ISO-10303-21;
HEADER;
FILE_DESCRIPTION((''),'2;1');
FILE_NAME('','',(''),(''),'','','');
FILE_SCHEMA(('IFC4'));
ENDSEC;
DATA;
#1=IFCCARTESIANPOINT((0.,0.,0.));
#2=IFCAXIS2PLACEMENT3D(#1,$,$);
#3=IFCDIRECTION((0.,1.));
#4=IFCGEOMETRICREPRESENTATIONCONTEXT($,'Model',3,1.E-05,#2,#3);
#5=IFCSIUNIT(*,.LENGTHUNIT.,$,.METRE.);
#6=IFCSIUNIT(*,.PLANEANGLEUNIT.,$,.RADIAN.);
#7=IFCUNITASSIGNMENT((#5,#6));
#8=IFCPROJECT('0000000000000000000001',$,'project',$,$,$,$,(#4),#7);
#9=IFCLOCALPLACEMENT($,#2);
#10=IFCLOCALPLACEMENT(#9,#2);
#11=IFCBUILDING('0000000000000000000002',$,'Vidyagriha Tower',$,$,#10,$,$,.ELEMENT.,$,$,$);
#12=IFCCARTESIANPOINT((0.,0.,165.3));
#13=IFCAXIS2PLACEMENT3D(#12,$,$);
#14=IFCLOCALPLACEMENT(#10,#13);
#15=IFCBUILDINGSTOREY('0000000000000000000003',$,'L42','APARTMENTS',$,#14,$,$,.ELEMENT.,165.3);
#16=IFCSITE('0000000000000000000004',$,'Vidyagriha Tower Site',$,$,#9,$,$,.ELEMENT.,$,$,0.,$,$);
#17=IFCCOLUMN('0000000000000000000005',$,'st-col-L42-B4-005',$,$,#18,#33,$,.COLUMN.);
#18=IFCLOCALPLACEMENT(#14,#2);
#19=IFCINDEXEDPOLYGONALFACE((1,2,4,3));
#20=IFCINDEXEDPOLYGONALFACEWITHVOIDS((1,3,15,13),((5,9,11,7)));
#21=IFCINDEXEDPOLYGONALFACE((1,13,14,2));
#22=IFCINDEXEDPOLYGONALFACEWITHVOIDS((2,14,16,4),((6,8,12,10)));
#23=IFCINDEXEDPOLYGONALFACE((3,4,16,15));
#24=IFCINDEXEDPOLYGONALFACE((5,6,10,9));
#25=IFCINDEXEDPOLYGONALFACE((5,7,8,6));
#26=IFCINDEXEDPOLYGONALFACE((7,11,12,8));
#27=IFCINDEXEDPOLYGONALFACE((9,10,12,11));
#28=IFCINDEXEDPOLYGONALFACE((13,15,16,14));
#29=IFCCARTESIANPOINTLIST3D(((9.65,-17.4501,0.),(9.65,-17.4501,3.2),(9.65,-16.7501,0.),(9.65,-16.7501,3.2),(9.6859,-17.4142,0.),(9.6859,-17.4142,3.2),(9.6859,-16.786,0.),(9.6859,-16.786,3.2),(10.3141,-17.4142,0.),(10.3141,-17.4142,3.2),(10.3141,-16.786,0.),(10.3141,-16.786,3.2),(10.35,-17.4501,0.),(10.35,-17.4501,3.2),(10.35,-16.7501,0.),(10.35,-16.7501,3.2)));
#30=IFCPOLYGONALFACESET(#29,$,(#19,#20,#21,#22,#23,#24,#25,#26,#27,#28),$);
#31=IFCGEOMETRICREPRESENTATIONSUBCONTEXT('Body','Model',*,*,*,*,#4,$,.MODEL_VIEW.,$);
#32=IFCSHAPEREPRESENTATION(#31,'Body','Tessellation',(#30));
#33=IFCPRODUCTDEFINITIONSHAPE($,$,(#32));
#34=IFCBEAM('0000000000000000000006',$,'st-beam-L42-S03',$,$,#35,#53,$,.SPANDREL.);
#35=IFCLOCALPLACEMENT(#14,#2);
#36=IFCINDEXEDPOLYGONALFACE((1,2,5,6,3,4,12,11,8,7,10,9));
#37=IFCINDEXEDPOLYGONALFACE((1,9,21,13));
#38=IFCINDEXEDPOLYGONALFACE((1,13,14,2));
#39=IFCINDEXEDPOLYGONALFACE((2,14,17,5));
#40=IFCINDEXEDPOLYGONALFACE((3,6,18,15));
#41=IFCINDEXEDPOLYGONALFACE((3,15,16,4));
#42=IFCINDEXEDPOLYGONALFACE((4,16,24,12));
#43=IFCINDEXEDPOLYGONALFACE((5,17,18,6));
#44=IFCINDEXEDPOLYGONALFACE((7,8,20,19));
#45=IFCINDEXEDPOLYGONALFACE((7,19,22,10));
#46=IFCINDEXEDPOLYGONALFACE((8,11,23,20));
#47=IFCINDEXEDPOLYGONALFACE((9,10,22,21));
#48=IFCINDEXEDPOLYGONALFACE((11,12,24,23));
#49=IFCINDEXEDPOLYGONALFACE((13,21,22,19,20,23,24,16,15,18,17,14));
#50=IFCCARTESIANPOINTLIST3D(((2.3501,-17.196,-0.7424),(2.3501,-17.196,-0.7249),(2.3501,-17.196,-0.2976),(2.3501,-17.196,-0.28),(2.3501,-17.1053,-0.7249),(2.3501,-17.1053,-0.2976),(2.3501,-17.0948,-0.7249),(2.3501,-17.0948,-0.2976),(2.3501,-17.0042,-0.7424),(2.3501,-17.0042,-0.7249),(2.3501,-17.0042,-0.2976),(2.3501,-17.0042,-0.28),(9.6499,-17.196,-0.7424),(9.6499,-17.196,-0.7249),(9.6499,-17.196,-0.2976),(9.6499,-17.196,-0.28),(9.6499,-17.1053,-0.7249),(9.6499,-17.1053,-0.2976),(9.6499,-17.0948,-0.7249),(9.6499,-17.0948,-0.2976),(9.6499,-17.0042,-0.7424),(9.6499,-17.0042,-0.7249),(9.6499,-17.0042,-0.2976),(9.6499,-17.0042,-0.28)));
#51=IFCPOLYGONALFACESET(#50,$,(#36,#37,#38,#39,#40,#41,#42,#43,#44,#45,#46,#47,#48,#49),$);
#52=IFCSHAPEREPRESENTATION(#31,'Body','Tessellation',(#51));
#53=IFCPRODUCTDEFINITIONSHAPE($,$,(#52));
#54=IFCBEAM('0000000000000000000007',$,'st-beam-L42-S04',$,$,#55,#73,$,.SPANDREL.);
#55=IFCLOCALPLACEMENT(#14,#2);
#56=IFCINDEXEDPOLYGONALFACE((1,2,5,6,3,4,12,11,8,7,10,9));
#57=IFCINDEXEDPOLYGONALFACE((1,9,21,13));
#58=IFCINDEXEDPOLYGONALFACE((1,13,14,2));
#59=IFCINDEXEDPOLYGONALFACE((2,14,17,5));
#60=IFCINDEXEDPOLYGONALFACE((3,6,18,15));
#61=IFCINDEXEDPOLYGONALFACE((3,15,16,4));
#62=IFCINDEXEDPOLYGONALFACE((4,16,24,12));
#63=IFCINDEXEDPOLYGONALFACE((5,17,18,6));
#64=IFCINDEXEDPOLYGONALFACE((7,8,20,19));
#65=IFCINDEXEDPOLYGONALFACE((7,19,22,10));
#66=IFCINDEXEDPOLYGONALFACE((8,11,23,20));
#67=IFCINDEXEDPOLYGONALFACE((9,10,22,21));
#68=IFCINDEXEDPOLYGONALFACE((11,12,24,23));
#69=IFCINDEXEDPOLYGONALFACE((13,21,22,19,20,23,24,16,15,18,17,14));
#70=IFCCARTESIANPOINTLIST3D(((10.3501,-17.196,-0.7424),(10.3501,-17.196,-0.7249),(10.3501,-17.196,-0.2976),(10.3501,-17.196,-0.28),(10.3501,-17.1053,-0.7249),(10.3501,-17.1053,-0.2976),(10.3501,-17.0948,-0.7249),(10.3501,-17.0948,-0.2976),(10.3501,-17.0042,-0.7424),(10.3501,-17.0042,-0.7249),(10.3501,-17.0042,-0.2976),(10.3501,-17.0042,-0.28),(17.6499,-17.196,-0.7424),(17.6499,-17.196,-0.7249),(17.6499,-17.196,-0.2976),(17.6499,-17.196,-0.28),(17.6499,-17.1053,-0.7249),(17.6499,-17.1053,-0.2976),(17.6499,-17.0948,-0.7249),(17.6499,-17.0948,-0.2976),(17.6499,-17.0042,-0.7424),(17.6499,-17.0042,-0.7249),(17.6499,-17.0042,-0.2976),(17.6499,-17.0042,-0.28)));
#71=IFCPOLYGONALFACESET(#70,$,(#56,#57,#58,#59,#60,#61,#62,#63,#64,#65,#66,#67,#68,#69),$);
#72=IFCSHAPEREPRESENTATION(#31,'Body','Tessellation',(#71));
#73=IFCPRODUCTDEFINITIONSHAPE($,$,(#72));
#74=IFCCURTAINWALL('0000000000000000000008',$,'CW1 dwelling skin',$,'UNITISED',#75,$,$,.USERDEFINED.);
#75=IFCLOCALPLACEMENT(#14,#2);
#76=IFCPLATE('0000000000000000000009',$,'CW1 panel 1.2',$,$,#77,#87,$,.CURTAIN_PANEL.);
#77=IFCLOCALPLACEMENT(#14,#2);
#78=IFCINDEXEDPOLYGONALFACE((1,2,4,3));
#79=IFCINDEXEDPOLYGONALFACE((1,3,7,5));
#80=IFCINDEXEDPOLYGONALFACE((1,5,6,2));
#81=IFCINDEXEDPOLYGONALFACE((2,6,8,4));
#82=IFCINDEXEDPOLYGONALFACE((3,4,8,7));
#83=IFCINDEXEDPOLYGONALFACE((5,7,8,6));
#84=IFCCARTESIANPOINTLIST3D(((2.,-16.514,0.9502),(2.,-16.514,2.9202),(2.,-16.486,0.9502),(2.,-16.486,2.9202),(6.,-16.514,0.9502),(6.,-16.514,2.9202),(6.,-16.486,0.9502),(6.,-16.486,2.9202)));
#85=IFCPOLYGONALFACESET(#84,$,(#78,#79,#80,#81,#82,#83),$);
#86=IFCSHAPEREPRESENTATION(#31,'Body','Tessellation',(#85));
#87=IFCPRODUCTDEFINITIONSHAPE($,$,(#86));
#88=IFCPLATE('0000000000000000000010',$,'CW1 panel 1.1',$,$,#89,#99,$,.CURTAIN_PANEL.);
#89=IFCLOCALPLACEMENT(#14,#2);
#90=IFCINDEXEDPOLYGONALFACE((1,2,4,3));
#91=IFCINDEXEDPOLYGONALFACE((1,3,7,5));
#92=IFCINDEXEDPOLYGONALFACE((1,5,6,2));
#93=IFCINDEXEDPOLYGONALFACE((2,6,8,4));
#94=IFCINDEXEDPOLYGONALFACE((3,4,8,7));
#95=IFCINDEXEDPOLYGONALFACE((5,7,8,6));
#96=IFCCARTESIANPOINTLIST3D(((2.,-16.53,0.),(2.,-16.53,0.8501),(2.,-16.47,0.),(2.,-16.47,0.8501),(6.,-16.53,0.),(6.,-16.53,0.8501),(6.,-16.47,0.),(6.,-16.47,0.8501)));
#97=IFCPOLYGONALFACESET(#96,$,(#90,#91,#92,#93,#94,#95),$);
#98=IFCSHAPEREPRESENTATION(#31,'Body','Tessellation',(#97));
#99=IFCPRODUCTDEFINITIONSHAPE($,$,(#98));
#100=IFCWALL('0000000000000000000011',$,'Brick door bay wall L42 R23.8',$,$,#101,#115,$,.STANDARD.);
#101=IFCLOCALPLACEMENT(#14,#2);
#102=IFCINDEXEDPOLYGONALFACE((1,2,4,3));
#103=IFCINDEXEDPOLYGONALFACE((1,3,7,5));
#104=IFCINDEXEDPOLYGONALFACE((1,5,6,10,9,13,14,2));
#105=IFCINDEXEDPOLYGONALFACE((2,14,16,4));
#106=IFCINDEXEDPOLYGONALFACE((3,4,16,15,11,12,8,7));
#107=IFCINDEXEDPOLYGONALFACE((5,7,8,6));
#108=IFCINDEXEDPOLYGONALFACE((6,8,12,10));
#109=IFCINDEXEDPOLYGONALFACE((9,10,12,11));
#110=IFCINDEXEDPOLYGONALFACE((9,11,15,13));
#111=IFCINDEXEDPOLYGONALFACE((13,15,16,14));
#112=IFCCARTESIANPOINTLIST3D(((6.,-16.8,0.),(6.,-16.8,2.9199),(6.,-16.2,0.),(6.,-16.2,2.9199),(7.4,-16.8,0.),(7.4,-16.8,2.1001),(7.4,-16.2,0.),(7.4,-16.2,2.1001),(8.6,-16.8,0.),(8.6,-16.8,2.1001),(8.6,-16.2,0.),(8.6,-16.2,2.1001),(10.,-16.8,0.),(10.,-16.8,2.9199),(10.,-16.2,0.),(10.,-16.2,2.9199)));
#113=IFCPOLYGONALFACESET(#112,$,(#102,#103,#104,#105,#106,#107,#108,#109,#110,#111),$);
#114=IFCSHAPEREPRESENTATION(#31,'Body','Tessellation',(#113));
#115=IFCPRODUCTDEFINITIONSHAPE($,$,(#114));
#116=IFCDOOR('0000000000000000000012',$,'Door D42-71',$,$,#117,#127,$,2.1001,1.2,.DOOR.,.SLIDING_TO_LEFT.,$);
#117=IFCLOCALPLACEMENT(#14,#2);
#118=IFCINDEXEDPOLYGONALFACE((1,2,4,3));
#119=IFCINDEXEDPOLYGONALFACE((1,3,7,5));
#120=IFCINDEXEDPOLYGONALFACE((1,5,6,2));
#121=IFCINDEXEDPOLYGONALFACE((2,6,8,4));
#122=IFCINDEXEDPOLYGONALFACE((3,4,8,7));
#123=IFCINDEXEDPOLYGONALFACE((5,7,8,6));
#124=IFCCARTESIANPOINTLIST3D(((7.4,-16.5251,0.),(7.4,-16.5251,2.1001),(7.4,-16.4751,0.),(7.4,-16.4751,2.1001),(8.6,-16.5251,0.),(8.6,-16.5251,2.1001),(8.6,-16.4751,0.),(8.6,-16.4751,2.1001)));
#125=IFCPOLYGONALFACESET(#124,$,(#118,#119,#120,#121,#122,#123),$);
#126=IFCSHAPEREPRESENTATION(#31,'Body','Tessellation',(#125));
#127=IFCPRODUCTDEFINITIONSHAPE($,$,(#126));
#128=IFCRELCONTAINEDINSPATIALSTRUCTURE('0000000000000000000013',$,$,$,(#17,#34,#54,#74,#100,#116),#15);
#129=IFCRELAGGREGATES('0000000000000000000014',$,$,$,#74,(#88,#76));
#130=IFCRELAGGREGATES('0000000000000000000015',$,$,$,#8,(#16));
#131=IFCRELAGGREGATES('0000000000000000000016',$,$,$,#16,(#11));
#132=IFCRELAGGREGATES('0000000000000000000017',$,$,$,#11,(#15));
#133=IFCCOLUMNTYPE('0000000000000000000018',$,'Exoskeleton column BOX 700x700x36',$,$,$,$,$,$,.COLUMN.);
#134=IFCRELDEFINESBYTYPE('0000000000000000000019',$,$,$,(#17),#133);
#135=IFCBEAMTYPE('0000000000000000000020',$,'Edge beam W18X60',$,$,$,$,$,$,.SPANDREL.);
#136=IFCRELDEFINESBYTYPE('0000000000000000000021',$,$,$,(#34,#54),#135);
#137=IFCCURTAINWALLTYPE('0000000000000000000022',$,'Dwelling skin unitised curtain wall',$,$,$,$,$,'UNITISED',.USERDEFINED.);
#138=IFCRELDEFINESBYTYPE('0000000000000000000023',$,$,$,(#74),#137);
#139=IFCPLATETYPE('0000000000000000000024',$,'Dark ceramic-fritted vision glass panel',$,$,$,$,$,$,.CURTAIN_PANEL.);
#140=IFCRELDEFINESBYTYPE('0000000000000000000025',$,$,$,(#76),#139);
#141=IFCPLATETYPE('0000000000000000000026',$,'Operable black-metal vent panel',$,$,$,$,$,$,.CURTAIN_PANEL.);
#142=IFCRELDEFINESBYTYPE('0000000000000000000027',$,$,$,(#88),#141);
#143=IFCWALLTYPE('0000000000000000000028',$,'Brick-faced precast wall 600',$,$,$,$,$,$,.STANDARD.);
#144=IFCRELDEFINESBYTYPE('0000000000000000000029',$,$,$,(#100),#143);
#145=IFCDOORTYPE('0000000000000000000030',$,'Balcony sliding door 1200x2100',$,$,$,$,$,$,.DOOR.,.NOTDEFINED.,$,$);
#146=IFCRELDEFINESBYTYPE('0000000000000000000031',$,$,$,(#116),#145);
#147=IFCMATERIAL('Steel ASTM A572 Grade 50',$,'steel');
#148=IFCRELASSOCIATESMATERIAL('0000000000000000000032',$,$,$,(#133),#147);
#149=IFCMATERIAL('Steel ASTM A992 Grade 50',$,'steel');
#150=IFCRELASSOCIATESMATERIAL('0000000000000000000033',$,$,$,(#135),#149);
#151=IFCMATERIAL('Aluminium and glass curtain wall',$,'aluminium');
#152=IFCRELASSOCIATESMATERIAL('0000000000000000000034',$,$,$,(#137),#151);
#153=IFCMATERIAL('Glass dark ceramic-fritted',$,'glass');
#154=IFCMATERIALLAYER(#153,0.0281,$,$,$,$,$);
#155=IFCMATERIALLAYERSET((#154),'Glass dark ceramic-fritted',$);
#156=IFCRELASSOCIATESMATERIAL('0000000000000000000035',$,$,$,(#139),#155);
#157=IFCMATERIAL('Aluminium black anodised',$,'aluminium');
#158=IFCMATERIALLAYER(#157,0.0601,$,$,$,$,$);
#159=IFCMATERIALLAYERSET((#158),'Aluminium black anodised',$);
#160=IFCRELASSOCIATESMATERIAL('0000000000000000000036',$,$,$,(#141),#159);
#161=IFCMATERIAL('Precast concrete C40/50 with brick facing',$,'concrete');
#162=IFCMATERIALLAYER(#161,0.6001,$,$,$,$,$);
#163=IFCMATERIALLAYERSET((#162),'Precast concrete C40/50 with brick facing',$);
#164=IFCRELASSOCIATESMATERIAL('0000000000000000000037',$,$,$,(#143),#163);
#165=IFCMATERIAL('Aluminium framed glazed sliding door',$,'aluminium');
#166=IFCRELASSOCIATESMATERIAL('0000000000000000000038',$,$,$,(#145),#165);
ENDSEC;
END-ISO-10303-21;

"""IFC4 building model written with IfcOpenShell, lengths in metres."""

from ifc_helpers import new_model, si_unit, direction, frame, frame_2d, origin, origin_2d, place, context, subcontext, project, spatial, rectangle, hollow_rectangle, i_section, extrude, material, layer, layer_set, material_profile, profile_set, type_object, element, fill, aggregate, save


model = new_model("IFC4")

# Units and contexts
model_context = context("Model", 3, precision=1e-05, world=origin(), true_north=direction((0.0, 1.0)))
body_context = subcontext(model_context, "Body", "Model", "MODEL_VIEW")
ifc_project = project(units=[si_unit("LENGTHUNIT", "METRE"), si_unit("PLANEANGLEUNIT", "RADIAN")], contexts=[model_context])

# Site, building, storey
site_placement = place(None, origin())
site = spatial("IfcSite", under=ifc_project, at=site_placement, Name="Vidyagriha Tower Site", CompositionType="ELEMENT", RefElevation=0.0)
building_placement = place(site_placement, origin())
building = spatial("IfcBuilding", under=site, at=building_placement, Name="Vidyagriha Tower", CompositionType="ELEMENT")
storey_placement = place(building_placement, frame((0.0, 0.0, 165.3)))
storey = spatial("IfcBuildingStorey", under=building, at=storey_placement, Name="L42", Description="APARTMENTS", CompositionType="ELEMENT", Elevation=165.3)

# Column
ifc_material_1 = material(Name="Steel ASTM A572 Grade 50", Category="steel")
ifc_material_profile_1 = material_profile(ifc_material_1, hollow_rectangle(XDim=0.7, YDim=0.7, WallThickness=0.0359, at=origin_2d()), Name="BOX 700x700x36")
ifc_profile_set_1 = profile_set([ifc_material_profile_1], Name="Steel ASTM A572 Grade 50")
column_type = type_object("IfcColumnType", Name="Exoskeleton column BOX 700x700x36", PredefinedType="COLUMN", material=ifc_profile_set_1)
column_placement = place(storey_placement, frame((10.0, -17.1001, 0.0)))
element("IfcColumn", 1, at=column_placement, inside=storey, type_object=column_type, Name="st-col-L42-B4-005", PredefinedType="COLUMN", context=body_context, shape_type="SweptSolid", body=[
    extrude(hollow_rectangle(XDim=0.7, YDim=0.7, WallThickness=0.0359, at=origin_2d()), origin(), (0.0, 0.0, 1.0), 3.2),
])

# Beams
ifc_material_2 = material(Name="Steel ASTM A992 Grade 50", Category="steel")
ifc_material_profile_2 = material_profile(ifc_material_2, i_section(OverallWidth=0.1919, OverallDepth=0.4624, WebThickness=0.0105, FlangeThickness=0.0176, at=origin_2d()), Name="W18X60")
ifc_profile_set_2 = profile_set([ifc_material_profile_2], Name="Steel ASTM A992 Grade 50")
beam_type = type_object("IfcBeamType", Name="Edge beam W18X60", PredefinedType="SPANDREL", material=ifc_profile_set_2)
for number, where, z_axis, x_axis, name in (
    (2, (2.3501, -17.1001, -0.5112), (1.0, 0.0, 0.0), (0.0, 1.0, 0.0), "st-beam-L42-S03"),
    (3, (10.3501, -17.1001, -0.5112), (1.0, 0.0, 0.0), (0.0, 1.0, 0.0), "st-beam-L42-S04"),
):
    element("IfcBeam", number, at=place(storey_placement, frame(where, z_axis=z_axis, x_axis=x_axis)), inside=storey, type_object=beam_type, Name=name, PredefinedType="SPANDREL", context=body_context, shape_type="SweptSolid", body=[
        extrude(i_section(OverallWidth=0.1919, OverallDepth=0.4624, WebThickness=0.0105, FlangeThickness=0.0176, at=origin_2d()), origin(), (0.0, 0.0, 1.0), 7.2998),
    ])

# Curtain wall, plates
ifc_material_3 = material(Name="Aluminium and glass curtain wall", Category="aluminium")
curtain_wall_type = type_object("IfcCurtainWallType", Name="Dwelling skin unitised curtain wall", ElementType="UNITISED", PredefinedType="USERDEFINED", material=ifc_material_3)
curtain_wall_placement = place(storey_placement, origin())
curtain_wall = element("IfcCurtainWall", 4, at=curtain_wall_placement, inside=storey, type_object=curtain_wall_type, Name="CW1 dwelling skin", ObjectType="UNITISED", PredefinedType="USERDEFINED")
ifc_material_4 = material(Name="Glass dark ceramic-fritted", Category="glass")
ifc_layer_1 = layer(ifc_material_4, 0.0281)
ifc_layer_set_1 = layer_set([ifc_layer_1], Name="Glass dark ceramic-fritted")
plate_type_1 = type_object("IfcPlateType", Name="Dark ceramic-fritted vision glass panel", PredefinedType="CURTAIN_PANEL", material=ifc_layer_set_1)
plate_1_placement = place(storey_placement, frame((4.0, -16.5, 0.9502)))
plate_1 = element("IfcPlate", 5, at=plate_1_placement, type_object=plate_type_1, Name="CW1 panel 1.2", PredefinedType="CURTAIN_PANEL", context=body_context, shape_type="SweptSolid", body=[
    extrude(rectangle(XDim=4.0, YDim=0.0281, at=origin_2d()), origin(), (0.0, 0.0, 1.0), 1.97),
])
ifc_material_5 = material(Name="Aluminium black anodised", Category="aluminium")
ifc_layer_2 = layer(ifc_material_5, 0.0601)
ifc_layer_set_2 = layer_set([ifc_layer_2], Name="Aluminium black anodised")
plate_type_2 = type_object("IfcPlateType", Name="Operable black-metal vent panel", PredefinedType="CURTAIN_PANEL", material=ifc_layer_set_2)
plate_2_placement = place(storey_placement, frame((4.0, -16.5, 0.0)))
plate_2 = element("IfcPlate", 6, at=plate_2_placement, type_object=plate_type_2, Name="CW1 panel 1.1", PredefinedType="CURTAIN_PANEL", context=body_context, shape_type="SweptSolid", body=[
    extrude(rectangle(XDim=4.0, YDim=0.0601, at=origin_2d()), origin(), (0.0, 0.0, 1.0), 0.8501),
])
aggregate(curtain_wall, [plate_2, plate_1])

# Wall, opening, door
ifc_material_6 = material(Name="Precast concrete C40/50 with brick facing", Category="concrete")
ifc_layer_3 = layer(ifc_material_6, 0.6001)
ifc_layer_set_3 = layer_set([ifc_layer_3], Name="Precast concrete C40/50 with brick facing")
wall_type = type_object("IfcWallType", Name="Brick-faced precast wall 600", PredefinedType="STANDARD", material=ifc_layer_set_3)
wall_placement = place(storey_placement, frame((6.0, -16.5, 0.0)))
wall = element("IfcWall", 7, at=wall_placement, inside=storey, type_object=wall_type, Name="Brick door bay wall L42 R23.8", PredefinedType="STANDARD", context=body_context, shape_type="SweptSolid", body=[
    extrude(rectangle(XDim=4.0, YDim=0.6001, at=frame_2d((2.0, 0.0))), origin(), (0.0, 0.0, 1.0), 2.9199),
])
opening_placement = place(wall_placement, frame((1.3999, 0.0, 0.0)))
opening = element("IfcOpeningElement", 8, at=opening_placement, cuts=wall, PredefinedType="OPENING", context=body_context, shape_type="SweptSolid", body=[
    extrude(rectangle(XDim=1.2, YDim=2.1001, at=frame_2d((0.6001, 1.05))), frame((0.0, 0.3101, 0.0), z_axis=(0.0, -1.0, 0.0), x_axis=(1.0, 0.0, 0.0)), (0.0, 0.0, 1.0), 0.6201),
])
ifc_material_7 = material(Name="Aluminium framed glazed sliding door", Category="aluminium")
door_type = type_object("IfcDoorType", Name="Balcony sliding door 1200x2100", OperationType="NOTDEFINED", PredefinedType="DOOR", material=ifc_material_7)
door_placement = place(opening_placement, origin())
door = element("IfcDoor", 9, at=door_placement, inside=storey, type_object=door_type, Name="Door D42-71", OperationType="SLIDING_TO_LEFT", OverallHeight=2.1001, OverallWidth=1.2, PredefinedType="DOOR", context=body_context, shape_type="SweptSolid", body=[
    extrude(rectangle(XDim=1.2, YDim=2.1001, at=frame_2d((0.6001, 1.05))), frame((0.0, 0.0249, 0.0), z_axis=(0.0, -1.0, 0.0), x_axis=(1.0, 0.0, 0.0)), (0.0, 0.0, 1.0), 0.05),
])
fill(opening, door)

save(model, "model.ifc")
